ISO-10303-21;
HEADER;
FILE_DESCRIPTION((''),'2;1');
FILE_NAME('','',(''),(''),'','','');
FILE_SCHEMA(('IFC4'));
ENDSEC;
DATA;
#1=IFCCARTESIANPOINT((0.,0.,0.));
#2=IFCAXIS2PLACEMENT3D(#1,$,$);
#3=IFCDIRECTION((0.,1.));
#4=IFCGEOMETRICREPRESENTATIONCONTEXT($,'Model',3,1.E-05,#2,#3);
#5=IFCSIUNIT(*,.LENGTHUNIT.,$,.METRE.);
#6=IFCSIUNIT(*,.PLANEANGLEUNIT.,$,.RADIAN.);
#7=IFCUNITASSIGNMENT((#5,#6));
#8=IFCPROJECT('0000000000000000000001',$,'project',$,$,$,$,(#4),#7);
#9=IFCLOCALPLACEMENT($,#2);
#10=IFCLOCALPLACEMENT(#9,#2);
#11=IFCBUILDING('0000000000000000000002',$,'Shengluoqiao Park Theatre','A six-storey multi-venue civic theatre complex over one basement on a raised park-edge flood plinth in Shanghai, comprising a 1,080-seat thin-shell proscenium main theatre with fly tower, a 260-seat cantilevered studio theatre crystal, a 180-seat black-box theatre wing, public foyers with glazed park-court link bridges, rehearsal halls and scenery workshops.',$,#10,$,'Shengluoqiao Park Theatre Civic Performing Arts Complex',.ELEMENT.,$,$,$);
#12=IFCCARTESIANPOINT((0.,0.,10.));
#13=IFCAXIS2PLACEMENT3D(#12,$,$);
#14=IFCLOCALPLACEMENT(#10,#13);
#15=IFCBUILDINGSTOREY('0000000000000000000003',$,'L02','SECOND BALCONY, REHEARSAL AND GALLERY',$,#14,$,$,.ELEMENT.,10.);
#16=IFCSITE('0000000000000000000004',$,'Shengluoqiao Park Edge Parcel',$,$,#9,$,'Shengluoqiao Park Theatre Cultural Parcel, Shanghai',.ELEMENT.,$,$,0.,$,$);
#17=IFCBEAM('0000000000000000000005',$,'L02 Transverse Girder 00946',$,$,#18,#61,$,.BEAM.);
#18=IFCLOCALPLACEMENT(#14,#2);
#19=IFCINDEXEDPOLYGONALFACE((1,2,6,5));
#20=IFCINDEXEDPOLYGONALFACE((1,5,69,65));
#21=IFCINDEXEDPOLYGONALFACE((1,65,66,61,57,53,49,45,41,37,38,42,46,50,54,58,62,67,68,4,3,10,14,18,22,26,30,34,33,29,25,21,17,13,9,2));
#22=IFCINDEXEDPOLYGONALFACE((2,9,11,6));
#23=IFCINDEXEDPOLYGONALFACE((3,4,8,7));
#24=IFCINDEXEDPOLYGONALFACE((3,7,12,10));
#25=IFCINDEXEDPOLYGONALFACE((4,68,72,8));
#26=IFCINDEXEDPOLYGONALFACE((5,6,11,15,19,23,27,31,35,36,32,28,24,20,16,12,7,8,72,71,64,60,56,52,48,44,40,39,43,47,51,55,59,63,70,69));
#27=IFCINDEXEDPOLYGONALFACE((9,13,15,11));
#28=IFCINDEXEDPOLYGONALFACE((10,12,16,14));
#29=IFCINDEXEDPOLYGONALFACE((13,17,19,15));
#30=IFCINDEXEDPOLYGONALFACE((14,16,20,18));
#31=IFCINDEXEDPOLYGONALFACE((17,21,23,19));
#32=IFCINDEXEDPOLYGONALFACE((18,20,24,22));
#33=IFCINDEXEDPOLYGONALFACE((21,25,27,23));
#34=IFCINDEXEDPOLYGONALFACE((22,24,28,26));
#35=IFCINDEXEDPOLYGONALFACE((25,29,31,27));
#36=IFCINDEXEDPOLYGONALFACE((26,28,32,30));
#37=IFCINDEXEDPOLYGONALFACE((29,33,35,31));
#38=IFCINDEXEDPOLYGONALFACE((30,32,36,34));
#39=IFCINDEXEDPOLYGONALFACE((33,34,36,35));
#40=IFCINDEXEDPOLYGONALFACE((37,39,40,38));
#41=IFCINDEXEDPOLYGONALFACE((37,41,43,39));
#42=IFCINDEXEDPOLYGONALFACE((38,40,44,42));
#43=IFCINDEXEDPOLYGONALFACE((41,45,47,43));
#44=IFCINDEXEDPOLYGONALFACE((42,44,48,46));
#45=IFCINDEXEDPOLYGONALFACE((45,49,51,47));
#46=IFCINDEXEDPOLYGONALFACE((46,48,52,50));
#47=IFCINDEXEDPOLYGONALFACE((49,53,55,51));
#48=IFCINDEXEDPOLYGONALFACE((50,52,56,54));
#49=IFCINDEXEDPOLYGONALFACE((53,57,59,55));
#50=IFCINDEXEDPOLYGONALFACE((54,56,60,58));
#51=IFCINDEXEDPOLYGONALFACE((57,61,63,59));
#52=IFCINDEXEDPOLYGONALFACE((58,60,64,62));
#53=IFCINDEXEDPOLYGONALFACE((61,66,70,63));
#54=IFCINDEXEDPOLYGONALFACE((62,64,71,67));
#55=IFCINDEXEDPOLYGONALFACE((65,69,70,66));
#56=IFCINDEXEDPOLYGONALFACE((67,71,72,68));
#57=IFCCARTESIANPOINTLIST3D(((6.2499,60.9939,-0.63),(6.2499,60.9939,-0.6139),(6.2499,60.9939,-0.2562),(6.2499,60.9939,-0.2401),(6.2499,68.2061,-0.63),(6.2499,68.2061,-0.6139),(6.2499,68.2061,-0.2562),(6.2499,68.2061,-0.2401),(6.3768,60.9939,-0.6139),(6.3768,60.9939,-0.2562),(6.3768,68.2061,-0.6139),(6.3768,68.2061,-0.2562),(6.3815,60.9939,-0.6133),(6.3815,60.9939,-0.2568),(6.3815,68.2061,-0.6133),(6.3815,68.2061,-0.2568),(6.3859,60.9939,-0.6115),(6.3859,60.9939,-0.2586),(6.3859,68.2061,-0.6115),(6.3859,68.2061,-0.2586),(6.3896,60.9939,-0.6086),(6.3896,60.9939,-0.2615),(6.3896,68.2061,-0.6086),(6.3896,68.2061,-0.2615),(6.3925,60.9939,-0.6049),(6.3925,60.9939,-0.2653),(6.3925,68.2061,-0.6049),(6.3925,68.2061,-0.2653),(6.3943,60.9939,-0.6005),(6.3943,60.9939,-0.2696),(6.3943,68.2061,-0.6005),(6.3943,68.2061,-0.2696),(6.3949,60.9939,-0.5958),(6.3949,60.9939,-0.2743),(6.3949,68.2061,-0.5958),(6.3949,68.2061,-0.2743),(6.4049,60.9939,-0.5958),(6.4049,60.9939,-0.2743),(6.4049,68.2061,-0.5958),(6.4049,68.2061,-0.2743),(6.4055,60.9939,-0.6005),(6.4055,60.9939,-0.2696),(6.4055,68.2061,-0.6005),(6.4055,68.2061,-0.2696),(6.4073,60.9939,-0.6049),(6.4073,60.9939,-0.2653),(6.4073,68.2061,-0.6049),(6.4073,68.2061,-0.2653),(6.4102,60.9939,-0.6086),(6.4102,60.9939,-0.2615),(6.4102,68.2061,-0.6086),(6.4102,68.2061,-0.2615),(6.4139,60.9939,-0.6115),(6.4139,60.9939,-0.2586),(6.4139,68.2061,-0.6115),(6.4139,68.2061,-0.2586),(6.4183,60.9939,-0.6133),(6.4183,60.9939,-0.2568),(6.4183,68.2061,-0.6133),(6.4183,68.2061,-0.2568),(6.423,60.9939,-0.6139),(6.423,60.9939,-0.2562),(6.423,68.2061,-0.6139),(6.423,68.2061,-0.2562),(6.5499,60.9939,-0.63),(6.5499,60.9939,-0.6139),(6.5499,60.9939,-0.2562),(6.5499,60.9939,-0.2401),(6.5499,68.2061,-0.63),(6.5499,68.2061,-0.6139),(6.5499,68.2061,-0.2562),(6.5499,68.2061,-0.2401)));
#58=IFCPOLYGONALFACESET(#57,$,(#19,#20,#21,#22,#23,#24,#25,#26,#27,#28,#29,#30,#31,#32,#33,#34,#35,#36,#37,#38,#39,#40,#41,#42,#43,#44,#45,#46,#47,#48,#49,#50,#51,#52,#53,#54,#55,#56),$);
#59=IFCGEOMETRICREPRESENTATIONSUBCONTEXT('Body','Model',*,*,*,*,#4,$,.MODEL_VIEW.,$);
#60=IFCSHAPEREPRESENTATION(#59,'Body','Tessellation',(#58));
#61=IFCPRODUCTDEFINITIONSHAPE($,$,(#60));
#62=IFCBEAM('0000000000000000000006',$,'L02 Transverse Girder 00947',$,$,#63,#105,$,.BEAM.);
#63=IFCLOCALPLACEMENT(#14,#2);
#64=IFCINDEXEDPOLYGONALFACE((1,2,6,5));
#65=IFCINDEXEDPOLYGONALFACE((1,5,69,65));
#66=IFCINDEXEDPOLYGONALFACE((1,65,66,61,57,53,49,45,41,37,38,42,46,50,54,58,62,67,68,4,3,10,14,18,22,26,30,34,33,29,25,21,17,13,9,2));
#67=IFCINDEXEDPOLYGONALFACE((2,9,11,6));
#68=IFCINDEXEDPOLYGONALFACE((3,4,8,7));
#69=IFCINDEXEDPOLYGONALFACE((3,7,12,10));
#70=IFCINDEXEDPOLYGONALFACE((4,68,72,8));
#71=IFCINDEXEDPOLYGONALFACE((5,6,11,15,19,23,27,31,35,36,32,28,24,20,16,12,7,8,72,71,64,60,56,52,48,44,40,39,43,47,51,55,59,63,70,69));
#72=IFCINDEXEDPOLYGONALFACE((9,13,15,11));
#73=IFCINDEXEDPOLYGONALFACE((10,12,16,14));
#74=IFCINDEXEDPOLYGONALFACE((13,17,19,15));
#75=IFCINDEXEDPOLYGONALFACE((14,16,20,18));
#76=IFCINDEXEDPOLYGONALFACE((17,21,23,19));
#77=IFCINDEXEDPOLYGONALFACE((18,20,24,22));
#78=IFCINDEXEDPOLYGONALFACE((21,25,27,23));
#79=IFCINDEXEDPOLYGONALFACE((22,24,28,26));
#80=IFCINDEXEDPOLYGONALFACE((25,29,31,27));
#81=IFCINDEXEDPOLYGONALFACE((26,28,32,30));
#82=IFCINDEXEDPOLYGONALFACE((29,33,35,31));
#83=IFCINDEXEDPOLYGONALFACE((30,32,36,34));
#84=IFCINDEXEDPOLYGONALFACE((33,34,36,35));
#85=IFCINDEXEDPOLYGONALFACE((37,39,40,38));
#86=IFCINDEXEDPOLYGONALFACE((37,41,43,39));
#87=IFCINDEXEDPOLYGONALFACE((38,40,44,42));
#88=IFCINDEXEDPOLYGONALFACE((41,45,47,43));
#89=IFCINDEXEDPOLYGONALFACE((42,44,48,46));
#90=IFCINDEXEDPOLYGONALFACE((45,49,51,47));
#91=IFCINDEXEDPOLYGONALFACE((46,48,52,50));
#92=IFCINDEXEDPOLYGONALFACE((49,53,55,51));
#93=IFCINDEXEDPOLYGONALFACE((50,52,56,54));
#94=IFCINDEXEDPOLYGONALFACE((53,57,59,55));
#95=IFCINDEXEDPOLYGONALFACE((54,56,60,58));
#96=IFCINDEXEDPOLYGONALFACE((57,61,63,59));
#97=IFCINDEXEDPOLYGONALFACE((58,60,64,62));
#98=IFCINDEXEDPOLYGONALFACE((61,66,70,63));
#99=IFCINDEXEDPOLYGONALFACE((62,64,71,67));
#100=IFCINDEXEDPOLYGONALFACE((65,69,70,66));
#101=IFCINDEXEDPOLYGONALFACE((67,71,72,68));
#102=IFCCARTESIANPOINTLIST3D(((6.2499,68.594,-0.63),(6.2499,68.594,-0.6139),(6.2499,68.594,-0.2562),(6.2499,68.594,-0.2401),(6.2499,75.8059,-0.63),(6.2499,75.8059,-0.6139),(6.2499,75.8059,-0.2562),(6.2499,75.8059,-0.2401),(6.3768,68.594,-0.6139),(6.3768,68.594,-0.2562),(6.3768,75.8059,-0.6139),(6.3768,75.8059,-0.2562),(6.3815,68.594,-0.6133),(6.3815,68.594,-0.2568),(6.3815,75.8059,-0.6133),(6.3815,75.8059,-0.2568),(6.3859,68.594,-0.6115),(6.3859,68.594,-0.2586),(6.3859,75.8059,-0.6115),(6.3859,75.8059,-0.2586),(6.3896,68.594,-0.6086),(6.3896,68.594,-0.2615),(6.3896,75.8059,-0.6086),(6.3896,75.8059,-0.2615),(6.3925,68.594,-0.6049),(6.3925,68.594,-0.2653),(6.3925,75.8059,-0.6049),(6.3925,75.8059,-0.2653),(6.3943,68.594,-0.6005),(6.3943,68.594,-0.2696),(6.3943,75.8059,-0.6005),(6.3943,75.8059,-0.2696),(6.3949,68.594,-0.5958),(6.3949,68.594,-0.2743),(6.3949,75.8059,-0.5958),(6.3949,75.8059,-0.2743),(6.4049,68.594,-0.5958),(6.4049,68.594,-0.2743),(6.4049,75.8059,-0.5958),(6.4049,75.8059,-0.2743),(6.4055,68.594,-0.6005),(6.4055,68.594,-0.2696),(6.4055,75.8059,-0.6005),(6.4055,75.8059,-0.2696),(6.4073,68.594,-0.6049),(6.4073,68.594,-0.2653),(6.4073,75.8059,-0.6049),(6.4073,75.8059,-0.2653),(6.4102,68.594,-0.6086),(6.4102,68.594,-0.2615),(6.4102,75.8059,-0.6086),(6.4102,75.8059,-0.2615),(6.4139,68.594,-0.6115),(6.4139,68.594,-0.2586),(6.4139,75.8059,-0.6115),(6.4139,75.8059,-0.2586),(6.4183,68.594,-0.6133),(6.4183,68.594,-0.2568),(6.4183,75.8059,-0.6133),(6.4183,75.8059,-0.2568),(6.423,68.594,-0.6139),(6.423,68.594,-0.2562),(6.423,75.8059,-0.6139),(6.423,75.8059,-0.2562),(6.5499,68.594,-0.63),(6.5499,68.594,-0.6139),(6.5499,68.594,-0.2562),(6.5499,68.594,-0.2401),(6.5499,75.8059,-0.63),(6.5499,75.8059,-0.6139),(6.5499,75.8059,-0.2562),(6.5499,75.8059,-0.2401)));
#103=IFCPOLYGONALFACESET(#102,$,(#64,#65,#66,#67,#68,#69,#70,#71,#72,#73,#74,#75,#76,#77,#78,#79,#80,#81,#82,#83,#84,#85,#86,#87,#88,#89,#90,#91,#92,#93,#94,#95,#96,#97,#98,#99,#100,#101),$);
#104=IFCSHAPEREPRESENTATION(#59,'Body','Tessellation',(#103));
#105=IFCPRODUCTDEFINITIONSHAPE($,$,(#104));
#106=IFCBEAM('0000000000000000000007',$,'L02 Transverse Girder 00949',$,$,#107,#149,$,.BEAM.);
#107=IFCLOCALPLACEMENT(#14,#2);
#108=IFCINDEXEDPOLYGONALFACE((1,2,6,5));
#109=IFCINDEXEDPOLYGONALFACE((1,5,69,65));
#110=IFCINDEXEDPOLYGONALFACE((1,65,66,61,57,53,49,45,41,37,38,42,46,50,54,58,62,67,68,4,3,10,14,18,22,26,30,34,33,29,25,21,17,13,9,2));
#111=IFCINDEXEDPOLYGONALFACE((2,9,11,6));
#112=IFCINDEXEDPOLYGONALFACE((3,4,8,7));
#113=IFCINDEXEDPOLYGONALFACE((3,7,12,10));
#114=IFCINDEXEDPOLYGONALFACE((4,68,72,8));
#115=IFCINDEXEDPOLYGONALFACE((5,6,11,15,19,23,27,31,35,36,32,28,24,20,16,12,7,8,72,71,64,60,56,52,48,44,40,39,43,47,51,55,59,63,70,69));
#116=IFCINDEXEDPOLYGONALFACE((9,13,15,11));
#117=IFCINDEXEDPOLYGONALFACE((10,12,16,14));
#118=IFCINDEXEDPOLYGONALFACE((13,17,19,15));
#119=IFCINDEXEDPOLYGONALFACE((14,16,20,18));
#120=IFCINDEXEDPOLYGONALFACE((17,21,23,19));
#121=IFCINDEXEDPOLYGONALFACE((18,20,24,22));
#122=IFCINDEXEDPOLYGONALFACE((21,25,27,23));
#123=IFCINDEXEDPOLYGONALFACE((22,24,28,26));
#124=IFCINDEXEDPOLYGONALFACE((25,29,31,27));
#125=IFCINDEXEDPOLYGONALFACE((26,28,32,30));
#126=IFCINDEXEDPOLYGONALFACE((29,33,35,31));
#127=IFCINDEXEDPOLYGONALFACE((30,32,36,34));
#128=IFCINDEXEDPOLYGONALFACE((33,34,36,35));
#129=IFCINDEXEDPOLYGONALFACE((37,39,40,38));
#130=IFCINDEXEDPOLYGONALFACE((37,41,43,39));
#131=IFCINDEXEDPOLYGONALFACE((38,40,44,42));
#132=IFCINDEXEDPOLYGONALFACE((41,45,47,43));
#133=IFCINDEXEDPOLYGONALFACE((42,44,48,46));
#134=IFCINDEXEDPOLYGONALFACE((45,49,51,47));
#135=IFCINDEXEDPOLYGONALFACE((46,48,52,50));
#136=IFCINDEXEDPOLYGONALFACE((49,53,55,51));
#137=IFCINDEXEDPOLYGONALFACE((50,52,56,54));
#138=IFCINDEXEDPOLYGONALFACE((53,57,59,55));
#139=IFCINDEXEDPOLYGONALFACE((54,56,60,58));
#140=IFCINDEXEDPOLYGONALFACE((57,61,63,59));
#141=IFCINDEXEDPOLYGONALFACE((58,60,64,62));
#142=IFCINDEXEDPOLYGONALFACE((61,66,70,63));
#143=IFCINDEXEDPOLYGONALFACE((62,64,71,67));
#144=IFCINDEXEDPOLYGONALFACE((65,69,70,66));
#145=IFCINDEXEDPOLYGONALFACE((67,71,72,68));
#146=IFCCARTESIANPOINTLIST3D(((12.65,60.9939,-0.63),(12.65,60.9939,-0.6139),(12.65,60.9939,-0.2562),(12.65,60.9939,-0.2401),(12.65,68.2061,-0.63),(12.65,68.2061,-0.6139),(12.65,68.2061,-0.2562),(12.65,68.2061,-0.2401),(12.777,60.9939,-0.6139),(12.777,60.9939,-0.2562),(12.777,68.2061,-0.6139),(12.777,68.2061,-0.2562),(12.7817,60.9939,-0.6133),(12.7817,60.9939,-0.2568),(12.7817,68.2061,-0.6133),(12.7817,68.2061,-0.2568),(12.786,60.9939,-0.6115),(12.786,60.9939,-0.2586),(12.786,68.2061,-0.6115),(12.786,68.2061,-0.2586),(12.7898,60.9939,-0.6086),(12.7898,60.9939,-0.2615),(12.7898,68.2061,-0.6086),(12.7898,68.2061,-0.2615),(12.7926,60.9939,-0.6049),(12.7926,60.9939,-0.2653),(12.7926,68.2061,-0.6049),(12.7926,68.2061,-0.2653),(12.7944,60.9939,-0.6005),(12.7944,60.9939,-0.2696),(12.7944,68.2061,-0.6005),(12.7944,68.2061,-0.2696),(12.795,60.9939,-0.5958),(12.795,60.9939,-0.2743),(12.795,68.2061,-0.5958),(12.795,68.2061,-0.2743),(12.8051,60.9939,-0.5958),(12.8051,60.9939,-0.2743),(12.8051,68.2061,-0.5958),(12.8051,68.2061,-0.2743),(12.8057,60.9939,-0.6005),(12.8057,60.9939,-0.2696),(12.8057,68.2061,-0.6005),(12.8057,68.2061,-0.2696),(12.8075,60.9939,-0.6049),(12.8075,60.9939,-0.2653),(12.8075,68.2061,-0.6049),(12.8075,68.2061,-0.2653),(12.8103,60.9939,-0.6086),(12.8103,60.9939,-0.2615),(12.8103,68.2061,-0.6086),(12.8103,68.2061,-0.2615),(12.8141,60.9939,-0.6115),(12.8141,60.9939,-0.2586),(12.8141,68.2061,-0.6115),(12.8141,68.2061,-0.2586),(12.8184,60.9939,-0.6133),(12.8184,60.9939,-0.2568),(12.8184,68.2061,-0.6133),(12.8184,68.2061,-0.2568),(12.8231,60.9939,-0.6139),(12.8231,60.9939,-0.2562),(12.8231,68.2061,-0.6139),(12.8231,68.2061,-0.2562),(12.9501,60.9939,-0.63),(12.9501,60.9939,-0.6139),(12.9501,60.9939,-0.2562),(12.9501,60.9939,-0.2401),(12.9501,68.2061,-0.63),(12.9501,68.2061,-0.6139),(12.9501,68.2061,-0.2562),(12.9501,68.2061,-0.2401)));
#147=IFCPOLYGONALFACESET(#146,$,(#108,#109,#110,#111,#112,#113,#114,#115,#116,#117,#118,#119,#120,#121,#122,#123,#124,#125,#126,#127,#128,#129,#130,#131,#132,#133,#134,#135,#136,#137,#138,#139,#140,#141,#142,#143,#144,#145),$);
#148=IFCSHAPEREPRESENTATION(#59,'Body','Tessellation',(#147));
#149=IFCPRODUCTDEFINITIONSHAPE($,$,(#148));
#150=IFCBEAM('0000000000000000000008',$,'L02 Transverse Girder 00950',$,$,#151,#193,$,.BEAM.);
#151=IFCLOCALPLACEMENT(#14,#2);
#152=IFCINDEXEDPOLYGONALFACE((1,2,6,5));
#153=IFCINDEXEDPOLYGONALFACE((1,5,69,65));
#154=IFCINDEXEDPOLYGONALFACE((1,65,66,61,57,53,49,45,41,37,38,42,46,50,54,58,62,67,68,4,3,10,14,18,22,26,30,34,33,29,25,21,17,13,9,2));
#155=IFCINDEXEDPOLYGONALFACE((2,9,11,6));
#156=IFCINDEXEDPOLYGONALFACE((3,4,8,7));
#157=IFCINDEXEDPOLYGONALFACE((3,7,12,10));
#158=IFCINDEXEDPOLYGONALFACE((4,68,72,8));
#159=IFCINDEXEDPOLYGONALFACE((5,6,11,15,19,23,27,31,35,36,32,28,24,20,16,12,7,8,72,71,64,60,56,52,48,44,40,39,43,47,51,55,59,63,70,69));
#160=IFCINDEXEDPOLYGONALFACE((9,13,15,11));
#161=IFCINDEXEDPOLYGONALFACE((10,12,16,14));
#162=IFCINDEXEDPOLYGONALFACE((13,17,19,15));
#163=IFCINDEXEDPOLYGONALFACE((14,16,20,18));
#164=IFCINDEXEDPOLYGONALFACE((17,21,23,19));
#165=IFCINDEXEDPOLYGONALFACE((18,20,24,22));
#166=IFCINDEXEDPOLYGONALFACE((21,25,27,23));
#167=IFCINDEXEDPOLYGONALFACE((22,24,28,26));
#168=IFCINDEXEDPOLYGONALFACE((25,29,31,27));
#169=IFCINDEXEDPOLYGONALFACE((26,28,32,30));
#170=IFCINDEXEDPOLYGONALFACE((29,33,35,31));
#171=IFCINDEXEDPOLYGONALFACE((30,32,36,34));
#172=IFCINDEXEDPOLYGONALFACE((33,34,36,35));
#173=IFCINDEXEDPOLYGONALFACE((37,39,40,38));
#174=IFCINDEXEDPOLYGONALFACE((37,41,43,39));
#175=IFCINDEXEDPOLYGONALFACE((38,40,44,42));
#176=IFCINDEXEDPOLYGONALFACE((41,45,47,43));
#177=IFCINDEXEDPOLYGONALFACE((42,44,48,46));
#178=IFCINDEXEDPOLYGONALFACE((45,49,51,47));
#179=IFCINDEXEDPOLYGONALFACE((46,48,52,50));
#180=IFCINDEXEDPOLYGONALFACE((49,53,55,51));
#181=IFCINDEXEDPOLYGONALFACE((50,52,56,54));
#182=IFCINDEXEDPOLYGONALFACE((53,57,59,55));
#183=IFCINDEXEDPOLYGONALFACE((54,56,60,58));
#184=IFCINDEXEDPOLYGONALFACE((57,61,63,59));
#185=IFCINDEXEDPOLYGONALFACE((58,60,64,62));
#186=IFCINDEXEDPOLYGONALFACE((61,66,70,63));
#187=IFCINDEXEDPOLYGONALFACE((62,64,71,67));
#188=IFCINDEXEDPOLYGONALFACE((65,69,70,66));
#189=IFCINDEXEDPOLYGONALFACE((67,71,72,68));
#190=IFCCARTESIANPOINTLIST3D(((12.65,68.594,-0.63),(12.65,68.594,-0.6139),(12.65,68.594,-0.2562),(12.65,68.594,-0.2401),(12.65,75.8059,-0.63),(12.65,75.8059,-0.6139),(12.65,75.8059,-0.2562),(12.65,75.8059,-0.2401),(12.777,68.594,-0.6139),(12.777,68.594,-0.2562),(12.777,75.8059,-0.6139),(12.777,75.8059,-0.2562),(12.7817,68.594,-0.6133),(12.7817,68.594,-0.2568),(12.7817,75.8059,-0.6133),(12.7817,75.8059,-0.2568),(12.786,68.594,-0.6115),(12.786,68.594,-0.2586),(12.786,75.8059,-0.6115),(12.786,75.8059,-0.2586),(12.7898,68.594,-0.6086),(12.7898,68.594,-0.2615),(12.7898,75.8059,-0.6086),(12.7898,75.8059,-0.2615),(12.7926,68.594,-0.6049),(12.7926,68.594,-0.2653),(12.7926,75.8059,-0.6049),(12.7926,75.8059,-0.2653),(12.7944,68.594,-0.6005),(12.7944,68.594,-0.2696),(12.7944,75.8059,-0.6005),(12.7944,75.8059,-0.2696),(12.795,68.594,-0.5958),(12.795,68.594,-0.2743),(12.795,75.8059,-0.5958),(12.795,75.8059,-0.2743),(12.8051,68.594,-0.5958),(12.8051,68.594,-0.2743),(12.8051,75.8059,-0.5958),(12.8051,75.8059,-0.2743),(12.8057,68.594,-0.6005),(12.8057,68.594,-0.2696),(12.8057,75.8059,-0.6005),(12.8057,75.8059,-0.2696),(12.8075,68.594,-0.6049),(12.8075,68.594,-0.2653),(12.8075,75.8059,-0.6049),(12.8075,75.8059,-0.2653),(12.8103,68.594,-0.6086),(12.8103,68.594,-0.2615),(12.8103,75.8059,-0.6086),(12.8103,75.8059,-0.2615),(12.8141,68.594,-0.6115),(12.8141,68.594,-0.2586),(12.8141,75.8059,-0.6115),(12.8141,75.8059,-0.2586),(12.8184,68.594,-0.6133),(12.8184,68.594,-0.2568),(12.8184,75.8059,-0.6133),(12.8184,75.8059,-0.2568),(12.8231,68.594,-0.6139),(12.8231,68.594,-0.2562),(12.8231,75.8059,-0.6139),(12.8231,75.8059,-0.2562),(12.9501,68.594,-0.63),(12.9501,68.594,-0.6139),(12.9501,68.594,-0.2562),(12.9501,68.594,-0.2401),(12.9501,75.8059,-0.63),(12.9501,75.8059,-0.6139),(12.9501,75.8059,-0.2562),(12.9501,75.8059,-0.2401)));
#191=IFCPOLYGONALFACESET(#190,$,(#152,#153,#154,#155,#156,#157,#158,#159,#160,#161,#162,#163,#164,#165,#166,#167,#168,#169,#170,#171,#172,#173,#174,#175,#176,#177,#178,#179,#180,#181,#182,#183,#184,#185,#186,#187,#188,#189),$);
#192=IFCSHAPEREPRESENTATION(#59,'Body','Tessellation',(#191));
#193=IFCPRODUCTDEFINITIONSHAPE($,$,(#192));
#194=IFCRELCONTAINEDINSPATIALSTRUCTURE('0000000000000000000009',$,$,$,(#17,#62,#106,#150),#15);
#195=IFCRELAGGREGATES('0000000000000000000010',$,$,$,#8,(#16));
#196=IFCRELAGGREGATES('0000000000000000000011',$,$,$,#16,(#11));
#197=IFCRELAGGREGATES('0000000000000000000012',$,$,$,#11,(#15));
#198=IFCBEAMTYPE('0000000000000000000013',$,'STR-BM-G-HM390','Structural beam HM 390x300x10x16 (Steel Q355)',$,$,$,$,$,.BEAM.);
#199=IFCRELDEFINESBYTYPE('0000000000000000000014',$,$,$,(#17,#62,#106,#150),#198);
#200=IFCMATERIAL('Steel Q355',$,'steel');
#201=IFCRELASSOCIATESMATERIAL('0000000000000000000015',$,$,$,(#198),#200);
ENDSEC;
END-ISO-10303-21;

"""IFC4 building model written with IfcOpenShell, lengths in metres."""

from ifc_helpers import new_model, si_unit, direction, frame, origin, origin_2d, place, context, subcontext, project, spatial, i_section, extrude, material, material_profile, profile_set, type_object, element, save


model = new_model("IFC4")

# Units and contexts
model_context = context("Model", 3, precision=1e-05, world=origin(), true_north=direction((0.0, 1.0)))
body_context = subcontext(model_context, "Body", "Model", "MODEL_VIEW")
ifc_project = project(units=[si_unit("LENGTHUNIT", "METRE"), si_unit("PLANEANGLEUNIT", "RADIAN")], contexts=[model_context])

# Site, building, storey
site_placement = place(None, origin())
site = spatial("IfcSite", under=ifc_project, at=site_placement, Name="Shengluoqiao Park Edge Parcel", LongName="Shengluoqiao Park Theatre Cultural Parcel, Shanghai", CompositionType="ELEMENT", RefElevation=0.0)
building_placement = place(site_placement, origin())
building = spatial("IfcBuilding", under=site, at=building_placement, Name="Shengluoqiao Park Theatre", Description="A six-storey multi-venue civic theatre complex over one basement on a raised park-edge flood plinth in Shanghai, comprising a 1,080-seat thin-shell proscenium main theatre with fly tower, a 260-seat cantilevered studio theatre crystal, a 180-seat black-box theatre wing, public foyers with glazed park-court link bridges, rehearsal halls and scenery workshops.", LongName="Shengluoqiao Park Theatre Civic Performing Arts Complex", CompositionType="ELEMENT")
storey_placement = place(building_placement, frame((0.0, 0.0, 10.0)))
storey = spatial("IfcBuildingStorey", under=building, at=storey_placement, Name="L02", Description="SECOND BALCONY, REHEARSAL AND GALLERY", CompositionType="ELEMENT", Elevation=10.0)

# Beams
ifc_material_1 = material(Name="Steel Q355", Category="steel")
ifc_material_profile_1 = material_profile(ifc_material_1, i_section(OverallWidth=0.3, OverallDepth=0.3899, WebThickness=0.01, FlangeThickness=0.0161, FilletRadius=0.0181, at=origin_2d()), Name="HM 390x300x10x16")
ifc_profile_set_1 = profile_set([ifc_material_profile_1], Name="Steel Q355")
beam_type_1 = type_object("IfcBeamType", Name="STR-BM-G-HM390", Description="Structural beam HM 390x300x10x16 (Steel Q355)", PredefinedType="BEAM", material=ifc_profile_set_1)
beam_1_placement = place(storey_placement, frame((6.3999, 60.9939, -0.4351), z_axis=(0.0, 1.0, 0.0), x_axis=(-1.0, 0.0, 0.0)))
element("IfcBeam", 1, at=beam_1_placement, inside=storey, type_object=beam_type_1, Name="L02 Transverse Girder 00946", PredefinedType="BEAM", context=body_context, shape_type="SweptSolid", body=[
    extrude(i_section(OverallWidth=0.3, OverallDepth=0.3899, WebThickness=0.01, FlangeThickness=0.0161, FilletRadius=0.0181, at=origin_2d()), origin(), (0.0, 0.0, 1.0), 7.2122),
])
beam_2_placement = place(storey_placement, frame((6.3999, 68.594, -0.4351), z_axis=(0.0, 1.0, 0.0), x_axis=(-1.0, 0.0, 0.0)))
element("IfcBeam", 2, at=beam_2_placement, inside=storey, type_object=beam_type_1, Name="L02 Transverse Girder 00947", PredefinedType="BEAM", context=body_context, shape_type="SweptSolid", body=[
    extrude(i_section(OverallWidth=0.3, OverallDepth=0.3899, WebThickness=0.01, FlangeThickness=0.0161, FilletRadius=0.0181, at=origin_2d()), origin(), (0.0, 0.0, 1.0), 7.2119),
])
beam_3_placement = place(storey_placement, frame((12.8, 60.9939, -0.4351), z_axis=(0.0, 1.0, 0.0), x_axis=(-1.0, 0.0, 0.0)))
element("IfcBeam", 3, at=beam_3_placement, inside=storey, type_object=beam_type_1, Name="L02 Transverse Girder 00949", PredefinedType="BEAM", context=body_context, shape_type="SweptSolid", body=[
    extrude(i_section(OverallWidth=0.3, OverallDepth=0.3899, WebThickness=0.01, FlangeThickness=0.0161, FilletRadius=0.0181, at=origin_2d()), origin(), (0.0, 0.0, 1.0), 7.2122),
])
beam_4_placement = place(storey_placement, frame((12.8, 68.594, -0.4351), z_axis=(0.0, 1.0, 0.0), x_axis=(-1.0, 0.0, 0.0)))
element("IfcBeam", 4, at=beam_4_placement, inside=storey, type_object=beam_type_1, Name="L02 Transverse Girder 00950", PredefinedType="BEAM", context=body_context, shape_type="SweptSolid", body=[
    extrude(i_section(OverallWidth=0.3, OverallDepth=0.3899, WebThickness=0.01, FlangeThickness=0.0161, FilletRadius=0.0181, at=origin_2d()), origin(), (0.0, 0.0, 1.0), 7.2119),
])

save(model, "model.ifc")
